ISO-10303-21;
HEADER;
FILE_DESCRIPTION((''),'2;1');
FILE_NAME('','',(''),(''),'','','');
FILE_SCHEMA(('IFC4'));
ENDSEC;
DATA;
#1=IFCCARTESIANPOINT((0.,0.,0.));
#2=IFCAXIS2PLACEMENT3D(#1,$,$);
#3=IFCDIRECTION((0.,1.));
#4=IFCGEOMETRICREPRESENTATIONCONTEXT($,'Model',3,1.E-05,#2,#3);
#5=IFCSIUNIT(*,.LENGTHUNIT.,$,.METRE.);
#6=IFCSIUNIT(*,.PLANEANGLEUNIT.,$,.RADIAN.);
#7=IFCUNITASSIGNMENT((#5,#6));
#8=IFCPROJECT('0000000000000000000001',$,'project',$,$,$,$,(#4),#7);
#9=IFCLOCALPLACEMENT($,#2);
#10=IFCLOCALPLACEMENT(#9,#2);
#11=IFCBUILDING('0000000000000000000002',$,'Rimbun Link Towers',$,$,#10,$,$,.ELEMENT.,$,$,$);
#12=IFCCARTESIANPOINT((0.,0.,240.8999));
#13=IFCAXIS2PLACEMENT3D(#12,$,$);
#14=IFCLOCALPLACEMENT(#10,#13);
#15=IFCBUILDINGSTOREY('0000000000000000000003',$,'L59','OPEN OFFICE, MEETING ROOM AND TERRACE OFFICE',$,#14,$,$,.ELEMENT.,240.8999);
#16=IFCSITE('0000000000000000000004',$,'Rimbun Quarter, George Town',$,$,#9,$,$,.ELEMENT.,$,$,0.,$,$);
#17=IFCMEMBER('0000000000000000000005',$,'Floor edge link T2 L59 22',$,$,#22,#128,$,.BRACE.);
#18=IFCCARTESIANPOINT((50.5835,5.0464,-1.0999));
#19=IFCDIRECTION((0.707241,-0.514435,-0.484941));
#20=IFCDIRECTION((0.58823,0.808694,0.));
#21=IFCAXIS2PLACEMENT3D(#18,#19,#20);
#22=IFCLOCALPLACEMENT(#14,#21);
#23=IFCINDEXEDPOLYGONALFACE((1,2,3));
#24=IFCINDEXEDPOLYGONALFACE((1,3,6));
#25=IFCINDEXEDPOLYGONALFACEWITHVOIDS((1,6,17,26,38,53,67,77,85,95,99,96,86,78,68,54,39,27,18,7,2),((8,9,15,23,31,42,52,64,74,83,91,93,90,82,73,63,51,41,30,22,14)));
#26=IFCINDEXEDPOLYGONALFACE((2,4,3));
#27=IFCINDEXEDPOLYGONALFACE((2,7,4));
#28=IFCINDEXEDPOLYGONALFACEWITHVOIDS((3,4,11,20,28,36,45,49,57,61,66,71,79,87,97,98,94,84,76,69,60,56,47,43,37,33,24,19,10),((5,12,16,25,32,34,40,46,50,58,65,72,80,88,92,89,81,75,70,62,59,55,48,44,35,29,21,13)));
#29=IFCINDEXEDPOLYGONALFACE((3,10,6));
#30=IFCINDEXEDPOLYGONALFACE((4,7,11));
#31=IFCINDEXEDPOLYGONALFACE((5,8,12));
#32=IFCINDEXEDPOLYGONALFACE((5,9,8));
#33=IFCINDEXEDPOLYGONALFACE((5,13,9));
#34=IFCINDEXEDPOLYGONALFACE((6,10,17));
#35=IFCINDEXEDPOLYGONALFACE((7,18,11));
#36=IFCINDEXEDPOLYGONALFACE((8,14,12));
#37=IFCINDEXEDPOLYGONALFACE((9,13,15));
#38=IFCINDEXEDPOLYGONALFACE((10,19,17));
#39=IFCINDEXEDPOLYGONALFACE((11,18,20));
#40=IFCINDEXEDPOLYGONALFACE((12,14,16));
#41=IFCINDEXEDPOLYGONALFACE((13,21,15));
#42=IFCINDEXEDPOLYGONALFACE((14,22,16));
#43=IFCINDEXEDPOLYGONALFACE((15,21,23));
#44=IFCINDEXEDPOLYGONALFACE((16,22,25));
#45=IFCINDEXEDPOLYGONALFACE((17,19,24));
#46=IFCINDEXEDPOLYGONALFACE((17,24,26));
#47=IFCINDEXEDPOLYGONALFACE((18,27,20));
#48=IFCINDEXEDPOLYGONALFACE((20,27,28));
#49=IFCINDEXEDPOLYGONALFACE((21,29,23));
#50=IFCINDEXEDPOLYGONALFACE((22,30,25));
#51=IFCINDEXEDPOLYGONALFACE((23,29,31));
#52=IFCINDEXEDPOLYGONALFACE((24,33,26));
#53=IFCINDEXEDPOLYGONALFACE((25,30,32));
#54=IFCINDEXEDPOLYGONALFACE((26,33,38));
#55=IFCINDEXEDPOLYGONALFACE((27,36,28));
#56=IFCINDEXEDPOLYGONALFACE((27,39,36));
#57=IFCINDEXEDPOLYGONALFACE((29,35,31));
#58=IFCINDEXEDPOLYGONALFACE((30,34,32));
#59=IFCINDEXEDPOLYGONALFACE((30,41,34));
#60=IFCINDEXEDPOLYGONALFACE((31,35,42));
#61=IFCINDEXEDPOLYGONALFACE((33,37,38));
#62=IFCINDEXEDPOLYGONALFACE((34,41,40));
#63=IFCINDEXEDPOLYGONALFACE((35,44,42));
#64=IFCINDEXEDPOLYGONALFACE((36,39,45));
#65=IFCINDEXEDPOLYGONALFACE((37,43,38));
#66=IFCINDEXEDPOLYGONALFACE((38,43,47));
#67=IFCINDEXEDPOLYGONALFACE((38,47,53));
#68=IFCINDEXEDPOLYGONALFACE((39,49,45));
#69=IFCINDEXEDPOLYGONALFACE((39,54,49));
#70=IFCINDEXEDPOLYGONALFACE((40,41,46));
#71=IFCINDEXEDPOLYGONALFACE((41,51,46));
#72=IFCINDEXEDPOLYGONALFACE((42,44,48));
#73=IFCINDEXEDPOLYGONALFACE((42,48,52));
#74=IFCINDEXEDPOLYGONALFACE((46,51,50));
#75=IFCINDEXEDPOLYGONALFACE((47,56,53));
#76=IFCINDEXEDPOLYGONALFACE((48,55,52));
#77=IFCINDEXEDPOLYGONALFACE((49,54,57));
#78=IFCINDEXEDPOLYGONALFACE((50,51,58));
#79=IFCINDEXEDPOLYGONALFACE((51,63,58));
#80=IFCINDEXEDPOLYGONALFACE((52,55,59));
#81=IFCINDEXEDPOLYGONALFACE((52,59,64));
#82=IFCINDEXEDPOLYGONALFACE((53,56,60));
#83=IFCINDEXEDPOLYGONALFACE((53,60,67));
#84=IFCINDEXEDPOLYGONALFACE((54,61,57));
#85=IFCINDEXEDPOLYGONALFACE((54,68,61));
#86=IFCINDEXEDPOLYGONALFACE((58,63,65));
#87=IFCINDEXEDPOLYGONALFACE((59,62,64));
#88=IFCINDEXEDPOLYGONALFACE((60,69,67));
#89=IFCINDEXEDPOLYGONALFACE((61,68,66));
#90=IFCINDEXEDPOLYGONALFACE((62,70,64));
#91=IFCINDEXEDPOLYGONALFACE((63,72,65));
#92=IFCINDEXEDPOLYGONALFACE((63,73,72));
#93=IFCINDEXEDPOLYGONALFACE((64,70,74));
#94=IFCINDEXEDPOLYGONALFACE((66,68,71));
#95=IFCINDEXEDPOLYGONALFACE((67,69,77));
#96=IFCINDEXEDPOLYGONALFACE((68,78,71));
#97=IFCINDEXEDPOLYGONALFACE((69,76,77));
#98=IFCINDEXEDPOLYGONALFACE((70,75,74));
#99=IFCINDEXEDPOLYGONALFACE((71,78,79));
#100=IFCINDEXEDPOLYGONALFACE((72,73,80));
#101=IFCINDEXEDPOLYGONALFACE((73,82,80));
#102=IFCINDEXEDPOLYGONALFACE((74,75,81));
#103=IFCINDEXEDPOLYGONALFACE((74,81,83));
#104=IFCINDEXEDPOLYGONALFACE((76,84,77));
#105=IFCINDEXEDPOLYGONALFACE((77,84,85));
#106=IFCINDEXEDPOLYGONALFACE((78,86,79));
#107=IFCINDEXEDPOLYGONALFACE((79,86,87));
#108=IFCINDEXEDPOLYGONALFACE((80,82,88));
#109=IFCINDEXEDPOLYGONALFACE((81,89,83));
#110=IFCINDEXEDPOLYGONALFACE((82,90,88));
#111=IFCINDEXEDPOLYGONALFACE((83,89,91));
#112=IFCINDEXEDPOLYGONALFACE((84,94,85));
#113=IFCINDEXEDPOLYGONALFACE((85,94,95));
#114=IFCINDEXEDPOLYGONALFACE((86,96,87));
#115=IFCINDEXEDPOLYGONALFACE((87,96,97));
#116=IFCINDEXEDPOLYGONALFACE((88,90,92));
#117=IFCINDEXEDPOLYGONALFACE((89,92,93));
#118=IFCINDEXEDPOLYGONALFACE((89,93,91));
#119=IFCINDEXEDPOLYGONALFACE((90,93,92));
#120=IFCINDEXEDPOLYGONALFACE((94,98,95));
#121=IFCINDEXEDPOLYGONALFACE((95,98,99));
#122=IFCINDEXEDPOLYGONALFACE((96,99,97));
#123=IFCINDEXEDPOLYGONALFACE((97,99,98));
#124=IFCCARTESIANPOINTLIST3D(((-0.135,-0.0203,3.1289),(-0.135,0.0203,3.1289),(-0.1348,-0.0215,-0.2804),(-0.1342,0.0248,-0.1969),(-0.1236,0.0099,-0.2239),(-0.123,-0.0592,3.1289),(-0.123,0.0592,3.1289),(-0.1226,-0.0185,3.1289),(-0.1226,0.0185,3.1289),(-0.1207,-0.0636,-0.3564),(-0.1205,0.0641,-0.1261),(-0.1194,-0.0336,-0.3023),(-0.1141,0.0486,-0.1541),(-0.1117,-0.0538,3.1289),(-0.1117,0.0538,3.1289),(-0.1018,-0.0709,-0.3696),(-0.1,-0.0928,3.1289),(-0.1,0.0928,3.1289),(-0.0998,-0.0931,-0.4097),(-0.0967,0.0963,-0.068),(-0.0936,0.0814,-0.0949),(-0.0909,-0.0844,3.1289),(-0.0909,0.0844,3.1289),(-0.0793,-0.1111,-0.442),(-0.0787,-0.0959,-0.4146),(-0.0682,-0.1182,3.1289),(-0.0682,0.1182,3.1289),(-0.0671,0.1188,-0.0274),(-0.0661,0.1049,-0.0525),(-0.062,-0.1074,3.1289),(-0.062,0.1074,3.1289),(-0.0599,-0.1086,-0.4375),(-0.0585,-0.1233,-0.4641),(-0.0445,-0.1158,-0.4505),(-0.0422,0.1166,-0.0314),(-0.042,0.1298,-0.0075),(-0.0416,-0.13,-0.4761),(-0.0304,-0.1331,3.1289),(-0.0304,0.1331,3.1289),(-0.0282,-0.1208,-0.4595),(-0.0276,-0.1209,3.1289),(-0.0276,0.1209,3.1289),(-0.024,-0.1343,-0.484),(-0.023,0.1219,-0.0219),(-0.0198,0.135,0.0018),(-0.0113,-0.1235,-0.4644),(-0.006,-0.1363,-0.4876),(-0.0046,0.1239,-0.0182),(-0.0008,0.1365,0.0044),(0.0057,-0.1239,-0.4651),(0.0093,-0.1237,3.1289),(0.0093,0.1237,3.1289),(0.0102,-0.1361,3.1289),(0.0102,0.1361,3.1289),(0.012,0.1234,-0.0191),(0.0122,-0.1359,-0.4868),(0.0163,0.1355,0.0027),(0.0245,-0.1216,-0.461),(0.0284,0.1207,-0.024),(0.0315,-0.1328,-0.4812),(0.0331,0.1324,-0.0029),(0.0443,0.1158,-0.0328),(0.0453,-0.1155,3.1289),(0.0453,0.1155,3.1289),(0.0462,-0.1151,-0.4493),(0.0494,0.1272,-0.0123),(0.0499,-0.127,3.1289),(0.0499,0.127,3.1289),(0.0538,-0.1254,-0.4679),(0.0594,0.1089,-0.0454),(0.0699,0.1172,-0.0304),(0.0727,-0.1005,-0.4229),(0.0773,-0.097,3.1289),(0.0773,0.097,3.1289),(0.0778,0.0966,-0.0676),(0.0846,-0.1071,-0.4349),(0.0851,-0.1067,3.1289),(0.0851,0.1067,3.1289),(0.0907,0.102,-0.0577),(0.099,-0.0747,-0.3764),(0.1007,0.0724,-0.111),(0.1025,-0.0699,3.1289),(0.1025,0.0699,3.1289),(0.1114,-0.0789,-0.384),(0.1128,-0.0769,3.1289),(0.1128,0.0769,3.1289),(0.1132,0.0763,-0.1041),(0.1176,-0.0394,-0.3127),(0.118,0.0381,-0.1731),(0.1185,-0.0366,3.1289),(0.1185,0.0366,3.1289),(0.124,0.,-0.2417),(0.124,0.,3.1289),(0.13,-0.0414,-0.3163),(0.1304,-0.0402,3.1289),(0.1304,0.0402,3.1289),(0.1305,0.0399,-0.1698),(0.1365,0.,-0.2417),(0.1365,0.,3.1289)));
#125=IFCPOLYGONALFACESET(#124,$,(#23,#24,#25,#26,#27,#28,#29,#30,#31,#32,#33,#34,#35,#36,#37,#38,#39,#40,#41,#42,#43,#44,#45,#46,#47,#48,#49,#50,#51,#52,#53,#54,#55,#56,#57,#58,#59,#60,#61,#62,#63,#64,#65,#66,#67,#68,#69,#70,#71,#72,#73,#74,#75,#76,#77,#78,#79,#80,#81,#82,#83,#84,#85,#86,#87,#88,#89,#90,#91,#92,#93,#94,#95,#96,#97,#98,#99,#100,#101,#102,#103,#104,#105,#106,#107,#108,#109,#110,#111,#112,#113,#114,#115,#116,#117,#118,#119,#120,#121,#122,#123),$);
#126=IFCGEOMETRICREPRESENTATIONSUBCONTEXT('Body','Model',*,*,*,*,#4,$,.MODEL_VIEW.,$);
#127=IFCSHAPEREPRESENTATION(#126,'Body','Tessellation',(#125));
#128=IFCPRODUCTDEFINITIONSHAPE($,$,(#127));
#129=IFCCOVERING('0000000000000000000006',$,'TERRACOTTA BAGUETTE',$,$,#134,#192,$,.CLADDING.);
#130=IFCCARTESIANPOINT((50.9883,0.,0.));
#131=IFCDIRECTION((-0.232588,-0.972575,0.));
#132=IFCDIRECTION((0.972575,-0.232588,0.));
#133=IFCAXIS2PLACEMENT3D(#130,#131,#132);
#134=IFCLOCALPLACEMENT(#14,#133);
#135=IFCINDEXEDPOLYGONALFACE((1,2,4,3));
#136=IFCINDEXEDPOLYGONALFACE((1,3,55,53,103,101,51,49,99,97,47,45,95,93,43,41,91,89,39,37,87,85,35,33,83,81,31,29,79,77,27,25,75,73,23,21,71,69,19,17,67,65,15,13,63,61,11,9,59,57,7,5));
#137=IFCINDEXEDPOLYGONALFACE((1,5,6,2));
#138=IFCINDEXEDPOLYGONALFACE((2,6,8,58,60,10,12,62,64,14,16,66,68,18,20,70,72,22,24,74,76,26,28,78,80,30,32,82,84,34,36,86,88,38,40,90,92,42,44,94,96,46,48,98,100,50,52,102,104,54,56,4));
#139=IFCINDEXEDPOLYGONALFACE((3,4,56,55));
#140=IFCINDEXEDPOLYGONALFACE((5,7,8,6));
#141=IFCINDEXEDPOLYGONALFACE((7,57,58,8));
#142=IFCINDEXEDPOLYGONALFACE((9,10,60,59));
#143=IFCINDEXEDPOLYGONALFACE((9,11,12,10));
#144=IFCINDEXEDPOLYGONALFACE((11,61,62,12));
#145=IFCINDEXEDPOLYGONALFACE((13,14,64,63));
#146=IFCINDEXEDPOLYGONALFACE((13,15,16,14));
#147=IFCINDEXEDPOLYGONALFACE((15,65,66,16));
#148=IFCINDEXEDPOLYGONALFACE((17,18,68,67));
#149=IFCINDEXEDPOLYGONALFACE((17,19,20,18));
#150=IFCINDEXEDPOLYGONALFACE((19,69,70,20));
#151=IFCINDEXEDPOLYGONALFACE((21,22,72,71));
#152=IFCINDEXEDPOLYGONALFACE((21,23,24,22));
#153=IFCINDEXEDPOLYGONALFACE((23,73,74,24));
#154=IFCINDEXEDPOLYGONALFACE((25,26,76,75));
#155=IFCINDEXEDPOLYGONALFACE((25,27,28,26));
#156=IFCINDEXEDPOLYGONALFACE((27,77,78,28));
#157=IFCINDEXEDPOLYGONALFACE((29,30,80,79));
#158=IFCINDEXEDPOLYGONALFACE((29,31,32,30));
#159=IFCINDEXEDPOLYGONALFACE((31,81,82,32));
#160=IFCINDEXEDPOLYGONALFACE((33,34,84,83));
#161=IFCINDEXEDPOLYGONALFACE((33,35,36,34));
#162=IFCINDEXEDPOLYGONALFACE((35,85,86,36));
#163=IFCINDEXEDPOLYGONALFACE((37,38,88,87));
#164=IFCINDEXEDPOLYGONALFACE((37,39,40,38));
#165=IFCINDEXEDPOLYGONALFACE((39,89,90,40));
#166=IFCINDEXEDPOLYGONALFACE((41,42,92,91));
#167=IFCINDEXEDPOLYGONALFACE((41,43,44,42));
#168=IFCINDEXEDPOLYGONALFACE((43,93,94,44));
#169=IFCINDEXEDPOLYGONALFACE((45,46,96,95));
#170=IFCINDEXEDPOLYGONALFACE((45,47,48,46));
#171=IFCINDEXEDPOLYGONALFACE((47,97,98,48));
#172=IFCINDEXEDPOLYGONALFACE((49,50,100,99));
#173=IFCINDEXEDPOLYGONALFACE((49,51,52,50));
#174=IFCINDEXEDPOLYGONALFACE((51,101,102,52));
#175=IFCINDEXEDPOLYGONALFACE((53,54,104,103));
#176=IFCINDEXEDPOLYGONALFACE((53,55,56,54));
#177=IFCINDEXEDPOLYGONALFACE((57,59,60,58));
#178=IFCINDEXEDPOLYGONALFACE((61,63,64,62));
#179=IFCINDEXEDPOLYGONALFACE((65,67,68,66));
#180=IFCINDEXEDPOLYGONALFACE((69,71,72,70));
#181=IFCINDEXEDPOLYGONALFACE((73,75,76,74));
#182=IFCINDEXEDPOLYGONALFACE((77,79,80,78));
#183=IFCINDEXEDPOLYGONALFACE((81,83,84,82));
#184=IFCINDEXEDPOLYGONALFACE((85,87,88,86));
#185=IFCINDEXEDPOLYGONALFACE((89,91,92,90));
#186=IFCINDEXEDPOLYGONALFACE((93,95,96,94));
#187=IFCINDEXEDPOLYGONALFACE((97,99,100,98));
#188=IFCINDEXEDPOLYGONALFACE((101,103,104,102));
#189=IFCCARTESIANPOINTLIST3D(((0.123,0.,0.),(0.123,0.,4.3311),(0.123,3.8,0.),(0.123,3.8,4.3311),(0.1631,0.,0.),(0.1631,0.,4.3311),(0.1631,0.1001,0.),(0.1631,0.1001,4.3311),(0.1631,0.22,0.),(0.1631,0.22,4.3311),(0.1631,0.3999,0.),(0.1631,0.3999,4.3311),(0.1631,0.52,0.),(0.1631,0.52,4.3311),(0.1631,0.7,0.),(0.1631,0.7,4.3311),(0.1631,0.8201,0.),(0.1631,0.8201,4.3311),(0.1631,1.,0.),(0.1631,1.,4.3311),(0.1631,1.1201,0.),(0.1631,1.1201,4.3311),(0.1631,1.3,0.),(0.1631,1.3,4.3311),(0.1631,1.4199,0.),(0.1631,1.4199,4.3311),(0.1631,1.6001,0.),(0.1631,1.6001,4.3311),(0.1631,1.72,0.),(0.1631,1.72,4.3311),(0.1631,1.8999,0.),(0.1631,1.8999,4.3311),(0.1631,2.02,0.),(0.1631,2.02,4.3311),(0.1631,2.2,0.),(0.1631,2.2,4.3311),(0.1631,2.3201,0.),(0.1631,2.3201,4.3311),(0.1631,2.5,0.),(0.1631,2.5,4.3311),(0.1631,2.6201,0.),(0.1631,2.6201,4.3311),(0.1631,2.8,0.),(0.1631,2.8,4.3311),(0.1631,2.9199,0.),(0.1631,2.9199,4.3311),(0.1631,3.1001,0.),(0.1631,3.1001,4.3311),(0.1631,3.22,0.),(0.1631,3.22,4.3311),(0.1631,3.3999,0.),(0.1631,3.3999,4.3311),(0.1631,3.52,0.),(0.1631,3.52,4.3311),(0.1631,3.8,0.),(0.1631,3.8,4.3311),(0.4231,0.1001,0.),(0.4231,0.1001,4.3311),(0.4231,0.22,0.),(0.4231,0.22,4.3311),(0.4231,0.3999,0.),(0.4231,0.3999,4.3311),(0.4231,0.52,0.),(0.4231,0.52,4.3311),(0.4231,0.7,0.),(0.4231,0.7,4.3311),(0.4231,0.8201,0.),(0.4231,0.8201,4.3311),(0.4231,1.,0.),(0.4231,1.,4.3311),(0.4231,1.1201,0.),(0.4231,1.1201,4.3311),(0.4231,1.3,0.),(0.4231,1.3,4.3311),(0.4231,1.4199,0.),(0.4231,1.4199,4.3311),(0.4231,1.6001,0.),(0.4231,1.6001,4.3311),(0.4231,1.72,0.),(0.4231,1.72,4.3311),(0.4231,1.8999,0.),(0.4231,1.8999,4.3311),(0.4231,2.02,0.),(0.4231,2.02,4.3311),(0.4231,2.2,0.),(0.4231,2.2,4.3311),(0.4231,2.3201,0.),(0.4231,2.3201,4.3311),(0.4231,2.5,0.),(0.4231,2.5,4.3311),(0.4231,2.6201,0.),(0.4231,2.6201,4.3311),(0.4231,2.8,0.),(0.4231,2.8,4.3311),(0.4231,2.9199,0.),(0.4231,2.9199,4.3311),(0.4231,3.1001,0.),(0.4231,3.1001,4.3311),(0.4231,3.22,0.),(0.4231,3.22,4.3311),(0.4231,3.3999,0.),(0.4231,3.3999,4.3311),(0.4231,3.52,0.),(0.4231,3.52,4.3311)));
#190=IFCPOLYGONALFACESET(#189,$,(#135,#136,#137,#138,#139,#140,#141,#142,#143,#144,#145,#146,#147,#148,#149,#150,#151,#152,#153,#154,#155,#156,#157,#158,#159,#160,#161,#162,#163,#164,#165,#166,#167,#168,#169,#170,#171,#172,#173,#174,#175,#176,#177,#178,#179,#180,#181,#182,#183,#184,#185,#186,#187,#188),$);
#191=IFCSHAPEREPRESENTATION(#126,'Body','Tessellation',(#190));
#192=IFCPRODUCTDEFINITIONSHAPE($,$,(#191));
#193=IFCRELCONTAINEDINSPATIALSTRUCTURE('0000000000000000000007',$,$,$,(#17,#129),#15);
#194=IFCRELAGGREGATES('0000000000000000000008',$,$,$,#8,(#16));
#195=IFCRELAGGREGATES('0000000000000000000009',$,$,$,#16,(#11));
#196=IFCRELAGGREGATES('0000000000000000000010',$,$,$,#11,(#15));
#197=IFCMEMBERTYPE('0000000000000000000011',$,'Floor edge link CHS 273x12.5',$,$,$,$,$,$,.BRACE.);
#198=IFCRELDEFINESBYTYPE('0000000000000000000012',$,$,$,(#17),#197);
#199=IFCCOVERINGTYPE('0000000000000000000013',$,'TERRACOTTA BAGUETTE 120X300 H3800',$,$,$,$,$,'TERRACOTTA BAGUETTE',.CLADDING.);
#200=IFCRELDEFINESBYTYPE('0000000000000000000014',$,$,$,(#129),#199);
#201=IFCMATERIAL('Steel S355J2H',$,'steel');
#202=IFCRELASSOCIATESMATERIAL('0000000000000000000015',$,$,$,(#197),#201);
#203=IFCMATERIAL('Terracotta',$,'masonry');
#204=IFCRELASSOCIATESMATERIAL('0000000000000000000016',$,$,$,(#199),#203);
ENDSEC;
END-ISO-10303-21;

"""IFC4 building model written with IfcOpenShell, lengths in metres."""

from ifc_helpers import new_model, si_unit, direction, frame, origin, origin_2d, place, context, subcontext, project, spatial, polyline, hollow_circle, outline, extrude, clip, halfspace, material, material_profile, profile_set, type_object, element, save


model = new_model("IFC4")

# Units and contexts
model_context = context("Model", 3, precision=1e-05, world=origin(), true_north=direction((0.0, 1.0)))
body_context = subcontext(model_context, "Body", "Model", "MODEL_VIEW")
ifc_project = project(units=[si_unit("LENGTHUNIT", "METRE"), si_unit("PLANEANGLEUNIT", "RADIAN")], contexts=[model_context])

# Site, building, storey
site_placement = place(None, origin())
site = spatial("IfcSite", under=ifc_project, at=site_placement, Name="Rimbun Quarter, George Town", CompositionType="ELEMENT", RefElevation=0.0)
building_placement = place(site_placement, origin())
building = spatial("IfcBuilding", under=site, at=building_placement, Name="Rimbun Link Towers", CompositionType="ELEMENT")
storey_placement = place(building_placement, frame((0.0, 0.0, 240.8999)))
storey = spatial("IfcBuildingStorey", under=building, at=storey_placement, Name="L59", Description="OPEN OFFICE, MEETING ROOM AND TERRACE OFFICE", CompositionType="ELEMENT", Elevation=240.8999)

# Member
ifc_material_1 = material(Name="Steel S355J2H", Category="steel")
ifc_material_profile_1 = material_profile(ifc_material_1, hollow_circle(Radius=0.1365, WallThickness=0.0125, at=origin_2d()), Name="CHS 273x12.5")
ifc_profile_set_1 = profile_set([ifc_material_profile_1], Name="Steel S355J2H")
member_type_1 = type_object("IfcMemberType", Name="Floor edge link CHS 273x12.5", PredefinedType="BRACE", material=ifc_profile_set_1)
member_1_placement = place(storey_placement, frame((50.5835, 5.0464, -1.0999), z_axis=(0.707241, -0.514435, -0.484941), x_axis=(0.58823, 0.808694, 0.0)))
element("IfcMember", 1, at=member_1_placement, inside=storey, type_object=member_type_1, Name="Floor edge link T2 L59 22", PredefinedType="BRACE", context=body_context, shape_type="Clipping", body=[
    clip(extrude(hollow_circle(Radius=0.1365, WallThickness=0.0125, at=origin_2d()), frame((0.0, 0.0, -0.5129)), (0.0, 0.0, 1.0), 3.6418), halfspace(frame((0.0, 0.0, -0.2417), z_axis=(0.0, 0.874547, -0.484941)), False)),
])

# Covering
ifc_material_2 = material(Name="Terracotta", Category="masonry")
ifc_material_profile_2 = material_profile(ifc_material_2, outline(polyline([(0.123, 0.0), (0.1631, 0.0), (0.1631, 0.1001), (0.4231, 0.1001), (0.4231, 0.22), (0.1631, 0.22), (0.1631, 0.3999), (0.4231, 0.3999), (0.4231, 0.52), (0.1631, 0.52), (0.1631, 0.7), (0.4231, 0.7), (0.4231, 0.8201), (0.1631, 0.8201), (0.1631, 1.0), (0.4231, 1.0), (0.4231, 1.1201), (0.1631, 1.1201), (0.1631, 1.3), (0.4231, 1.3), (0.4231, 1.4199), (0.1631, 1.4199), (0.1631, 1.6001), (0.4231, 1.6001), (0.4231, 1.72), (0.1631, 1.72), (0.1631, 1.8999), (0.4231, 1.8999), (0.4231, 2.02), (0.1631, 2.02), (0.1631, 2.2), (0.4231, 2.2), (0.4231, 2.3201), (0.1631, 2.3201), (0.1631, 2.5), (0.4231, 2.5), (0.4231, 2.6201), (0.1631, 2.6201), (0.1631, 2.8), (0.4231, 2.8), (0.4231, 2.9199), (0.1631, 2.9199), (0.1631, 3.1001), (0.4231, 3.1001), (0.4231, 3.22), (0.1631, 3.22), (0.1631, 3.3999), (0.4231, 3.3999), (0.4231, 3.52), (0.1631, 3.52), (0.1631, 3.8), (0.123, 3.8), (0.123, 0.0)])), Name="BAGUETTE 120X300")
ifc_profile_set_2 = profile_set([ifc_material_profile_2], Name="Terracotta")
covering_type = type_object("IfcCoveringType", Name="TERRACOTTA BAGUETTE 120X300 H3800", ElementType="TERRACOTTA BAGUETTE", PredefinedType="CLADDING", material=ifc_profile_set_2)
covering_1_placement = place(storey_placement, frame((50.9883, 0.0, 0.0), z_axis=(-0.232588, -0.972575, 0.0), x_axis=(0.972575, -0.232588, 0.0)))
element("IfcCovering", 2, at=covering_1_placement, inside=storey, type_object=covering_type, Name="TERRACOTTA BAGUETTE", PredefinedType="CLADDING", context=body_context, shape_type="SweptSolid", body=[
    extrude(outline(polyline([(0.123, 0.0), (0.1631, 0.0), (0.1631, 0.1001), (0.4231, 0.1001), (0.4231, 0.22), (0.1631, 0.22), (0.1631, 0.3999), (0.4231, 0.3999), (0.4231, 0.52), (0.1631, 0.52), (0.1631, 0.7), (0.4231, 0.7), (0.4231, 0.8201), (0.1631, 0.8201), (0.1631, 1.0), (0.4231, 1.0), (0.4231, 1.1201), (0.1631, 1.1201), (0.1631, 1.3), (0.4231, 1.3), (0.4231, 1.4199), (0.1631, 1.4199), (0.1631, 1.6001), (0.4231, 1.6001), (0.4231, 1.72), (0.1631, 1.72), (0.1631, 1.8999), (0.4231, 1.8999), (0.4231, 2.02), (0.1631, 2.02), (0.1631, 2.2), (0.4231, 2.2), (0.4231, 2.3201), (0.1631, 2.3201), (0.1631, 2.5), (0.4231, 2.5), (0.4231, 2.6201), (0.1631, 2.6201), (0.1631, 2.8), (0.4231, 2.8), (0.4231, 2.9199), (0.1631, 2.9199), (0.1631, 3.1001), (0.4231, 3.1001), (0.4231, 3.22), (0.1631, 3.22), (0.1631, 3.3999), (0.4231, 3.3999), (0.4231, 3.52), (0.1631, 3.52), (0.1631, 3.8), (0.123, 3.8), (0.123, 0.0)])), origin(), (0.0, 0.0, 1.0), 4.3311),
])

save(model, "model.ifc")
